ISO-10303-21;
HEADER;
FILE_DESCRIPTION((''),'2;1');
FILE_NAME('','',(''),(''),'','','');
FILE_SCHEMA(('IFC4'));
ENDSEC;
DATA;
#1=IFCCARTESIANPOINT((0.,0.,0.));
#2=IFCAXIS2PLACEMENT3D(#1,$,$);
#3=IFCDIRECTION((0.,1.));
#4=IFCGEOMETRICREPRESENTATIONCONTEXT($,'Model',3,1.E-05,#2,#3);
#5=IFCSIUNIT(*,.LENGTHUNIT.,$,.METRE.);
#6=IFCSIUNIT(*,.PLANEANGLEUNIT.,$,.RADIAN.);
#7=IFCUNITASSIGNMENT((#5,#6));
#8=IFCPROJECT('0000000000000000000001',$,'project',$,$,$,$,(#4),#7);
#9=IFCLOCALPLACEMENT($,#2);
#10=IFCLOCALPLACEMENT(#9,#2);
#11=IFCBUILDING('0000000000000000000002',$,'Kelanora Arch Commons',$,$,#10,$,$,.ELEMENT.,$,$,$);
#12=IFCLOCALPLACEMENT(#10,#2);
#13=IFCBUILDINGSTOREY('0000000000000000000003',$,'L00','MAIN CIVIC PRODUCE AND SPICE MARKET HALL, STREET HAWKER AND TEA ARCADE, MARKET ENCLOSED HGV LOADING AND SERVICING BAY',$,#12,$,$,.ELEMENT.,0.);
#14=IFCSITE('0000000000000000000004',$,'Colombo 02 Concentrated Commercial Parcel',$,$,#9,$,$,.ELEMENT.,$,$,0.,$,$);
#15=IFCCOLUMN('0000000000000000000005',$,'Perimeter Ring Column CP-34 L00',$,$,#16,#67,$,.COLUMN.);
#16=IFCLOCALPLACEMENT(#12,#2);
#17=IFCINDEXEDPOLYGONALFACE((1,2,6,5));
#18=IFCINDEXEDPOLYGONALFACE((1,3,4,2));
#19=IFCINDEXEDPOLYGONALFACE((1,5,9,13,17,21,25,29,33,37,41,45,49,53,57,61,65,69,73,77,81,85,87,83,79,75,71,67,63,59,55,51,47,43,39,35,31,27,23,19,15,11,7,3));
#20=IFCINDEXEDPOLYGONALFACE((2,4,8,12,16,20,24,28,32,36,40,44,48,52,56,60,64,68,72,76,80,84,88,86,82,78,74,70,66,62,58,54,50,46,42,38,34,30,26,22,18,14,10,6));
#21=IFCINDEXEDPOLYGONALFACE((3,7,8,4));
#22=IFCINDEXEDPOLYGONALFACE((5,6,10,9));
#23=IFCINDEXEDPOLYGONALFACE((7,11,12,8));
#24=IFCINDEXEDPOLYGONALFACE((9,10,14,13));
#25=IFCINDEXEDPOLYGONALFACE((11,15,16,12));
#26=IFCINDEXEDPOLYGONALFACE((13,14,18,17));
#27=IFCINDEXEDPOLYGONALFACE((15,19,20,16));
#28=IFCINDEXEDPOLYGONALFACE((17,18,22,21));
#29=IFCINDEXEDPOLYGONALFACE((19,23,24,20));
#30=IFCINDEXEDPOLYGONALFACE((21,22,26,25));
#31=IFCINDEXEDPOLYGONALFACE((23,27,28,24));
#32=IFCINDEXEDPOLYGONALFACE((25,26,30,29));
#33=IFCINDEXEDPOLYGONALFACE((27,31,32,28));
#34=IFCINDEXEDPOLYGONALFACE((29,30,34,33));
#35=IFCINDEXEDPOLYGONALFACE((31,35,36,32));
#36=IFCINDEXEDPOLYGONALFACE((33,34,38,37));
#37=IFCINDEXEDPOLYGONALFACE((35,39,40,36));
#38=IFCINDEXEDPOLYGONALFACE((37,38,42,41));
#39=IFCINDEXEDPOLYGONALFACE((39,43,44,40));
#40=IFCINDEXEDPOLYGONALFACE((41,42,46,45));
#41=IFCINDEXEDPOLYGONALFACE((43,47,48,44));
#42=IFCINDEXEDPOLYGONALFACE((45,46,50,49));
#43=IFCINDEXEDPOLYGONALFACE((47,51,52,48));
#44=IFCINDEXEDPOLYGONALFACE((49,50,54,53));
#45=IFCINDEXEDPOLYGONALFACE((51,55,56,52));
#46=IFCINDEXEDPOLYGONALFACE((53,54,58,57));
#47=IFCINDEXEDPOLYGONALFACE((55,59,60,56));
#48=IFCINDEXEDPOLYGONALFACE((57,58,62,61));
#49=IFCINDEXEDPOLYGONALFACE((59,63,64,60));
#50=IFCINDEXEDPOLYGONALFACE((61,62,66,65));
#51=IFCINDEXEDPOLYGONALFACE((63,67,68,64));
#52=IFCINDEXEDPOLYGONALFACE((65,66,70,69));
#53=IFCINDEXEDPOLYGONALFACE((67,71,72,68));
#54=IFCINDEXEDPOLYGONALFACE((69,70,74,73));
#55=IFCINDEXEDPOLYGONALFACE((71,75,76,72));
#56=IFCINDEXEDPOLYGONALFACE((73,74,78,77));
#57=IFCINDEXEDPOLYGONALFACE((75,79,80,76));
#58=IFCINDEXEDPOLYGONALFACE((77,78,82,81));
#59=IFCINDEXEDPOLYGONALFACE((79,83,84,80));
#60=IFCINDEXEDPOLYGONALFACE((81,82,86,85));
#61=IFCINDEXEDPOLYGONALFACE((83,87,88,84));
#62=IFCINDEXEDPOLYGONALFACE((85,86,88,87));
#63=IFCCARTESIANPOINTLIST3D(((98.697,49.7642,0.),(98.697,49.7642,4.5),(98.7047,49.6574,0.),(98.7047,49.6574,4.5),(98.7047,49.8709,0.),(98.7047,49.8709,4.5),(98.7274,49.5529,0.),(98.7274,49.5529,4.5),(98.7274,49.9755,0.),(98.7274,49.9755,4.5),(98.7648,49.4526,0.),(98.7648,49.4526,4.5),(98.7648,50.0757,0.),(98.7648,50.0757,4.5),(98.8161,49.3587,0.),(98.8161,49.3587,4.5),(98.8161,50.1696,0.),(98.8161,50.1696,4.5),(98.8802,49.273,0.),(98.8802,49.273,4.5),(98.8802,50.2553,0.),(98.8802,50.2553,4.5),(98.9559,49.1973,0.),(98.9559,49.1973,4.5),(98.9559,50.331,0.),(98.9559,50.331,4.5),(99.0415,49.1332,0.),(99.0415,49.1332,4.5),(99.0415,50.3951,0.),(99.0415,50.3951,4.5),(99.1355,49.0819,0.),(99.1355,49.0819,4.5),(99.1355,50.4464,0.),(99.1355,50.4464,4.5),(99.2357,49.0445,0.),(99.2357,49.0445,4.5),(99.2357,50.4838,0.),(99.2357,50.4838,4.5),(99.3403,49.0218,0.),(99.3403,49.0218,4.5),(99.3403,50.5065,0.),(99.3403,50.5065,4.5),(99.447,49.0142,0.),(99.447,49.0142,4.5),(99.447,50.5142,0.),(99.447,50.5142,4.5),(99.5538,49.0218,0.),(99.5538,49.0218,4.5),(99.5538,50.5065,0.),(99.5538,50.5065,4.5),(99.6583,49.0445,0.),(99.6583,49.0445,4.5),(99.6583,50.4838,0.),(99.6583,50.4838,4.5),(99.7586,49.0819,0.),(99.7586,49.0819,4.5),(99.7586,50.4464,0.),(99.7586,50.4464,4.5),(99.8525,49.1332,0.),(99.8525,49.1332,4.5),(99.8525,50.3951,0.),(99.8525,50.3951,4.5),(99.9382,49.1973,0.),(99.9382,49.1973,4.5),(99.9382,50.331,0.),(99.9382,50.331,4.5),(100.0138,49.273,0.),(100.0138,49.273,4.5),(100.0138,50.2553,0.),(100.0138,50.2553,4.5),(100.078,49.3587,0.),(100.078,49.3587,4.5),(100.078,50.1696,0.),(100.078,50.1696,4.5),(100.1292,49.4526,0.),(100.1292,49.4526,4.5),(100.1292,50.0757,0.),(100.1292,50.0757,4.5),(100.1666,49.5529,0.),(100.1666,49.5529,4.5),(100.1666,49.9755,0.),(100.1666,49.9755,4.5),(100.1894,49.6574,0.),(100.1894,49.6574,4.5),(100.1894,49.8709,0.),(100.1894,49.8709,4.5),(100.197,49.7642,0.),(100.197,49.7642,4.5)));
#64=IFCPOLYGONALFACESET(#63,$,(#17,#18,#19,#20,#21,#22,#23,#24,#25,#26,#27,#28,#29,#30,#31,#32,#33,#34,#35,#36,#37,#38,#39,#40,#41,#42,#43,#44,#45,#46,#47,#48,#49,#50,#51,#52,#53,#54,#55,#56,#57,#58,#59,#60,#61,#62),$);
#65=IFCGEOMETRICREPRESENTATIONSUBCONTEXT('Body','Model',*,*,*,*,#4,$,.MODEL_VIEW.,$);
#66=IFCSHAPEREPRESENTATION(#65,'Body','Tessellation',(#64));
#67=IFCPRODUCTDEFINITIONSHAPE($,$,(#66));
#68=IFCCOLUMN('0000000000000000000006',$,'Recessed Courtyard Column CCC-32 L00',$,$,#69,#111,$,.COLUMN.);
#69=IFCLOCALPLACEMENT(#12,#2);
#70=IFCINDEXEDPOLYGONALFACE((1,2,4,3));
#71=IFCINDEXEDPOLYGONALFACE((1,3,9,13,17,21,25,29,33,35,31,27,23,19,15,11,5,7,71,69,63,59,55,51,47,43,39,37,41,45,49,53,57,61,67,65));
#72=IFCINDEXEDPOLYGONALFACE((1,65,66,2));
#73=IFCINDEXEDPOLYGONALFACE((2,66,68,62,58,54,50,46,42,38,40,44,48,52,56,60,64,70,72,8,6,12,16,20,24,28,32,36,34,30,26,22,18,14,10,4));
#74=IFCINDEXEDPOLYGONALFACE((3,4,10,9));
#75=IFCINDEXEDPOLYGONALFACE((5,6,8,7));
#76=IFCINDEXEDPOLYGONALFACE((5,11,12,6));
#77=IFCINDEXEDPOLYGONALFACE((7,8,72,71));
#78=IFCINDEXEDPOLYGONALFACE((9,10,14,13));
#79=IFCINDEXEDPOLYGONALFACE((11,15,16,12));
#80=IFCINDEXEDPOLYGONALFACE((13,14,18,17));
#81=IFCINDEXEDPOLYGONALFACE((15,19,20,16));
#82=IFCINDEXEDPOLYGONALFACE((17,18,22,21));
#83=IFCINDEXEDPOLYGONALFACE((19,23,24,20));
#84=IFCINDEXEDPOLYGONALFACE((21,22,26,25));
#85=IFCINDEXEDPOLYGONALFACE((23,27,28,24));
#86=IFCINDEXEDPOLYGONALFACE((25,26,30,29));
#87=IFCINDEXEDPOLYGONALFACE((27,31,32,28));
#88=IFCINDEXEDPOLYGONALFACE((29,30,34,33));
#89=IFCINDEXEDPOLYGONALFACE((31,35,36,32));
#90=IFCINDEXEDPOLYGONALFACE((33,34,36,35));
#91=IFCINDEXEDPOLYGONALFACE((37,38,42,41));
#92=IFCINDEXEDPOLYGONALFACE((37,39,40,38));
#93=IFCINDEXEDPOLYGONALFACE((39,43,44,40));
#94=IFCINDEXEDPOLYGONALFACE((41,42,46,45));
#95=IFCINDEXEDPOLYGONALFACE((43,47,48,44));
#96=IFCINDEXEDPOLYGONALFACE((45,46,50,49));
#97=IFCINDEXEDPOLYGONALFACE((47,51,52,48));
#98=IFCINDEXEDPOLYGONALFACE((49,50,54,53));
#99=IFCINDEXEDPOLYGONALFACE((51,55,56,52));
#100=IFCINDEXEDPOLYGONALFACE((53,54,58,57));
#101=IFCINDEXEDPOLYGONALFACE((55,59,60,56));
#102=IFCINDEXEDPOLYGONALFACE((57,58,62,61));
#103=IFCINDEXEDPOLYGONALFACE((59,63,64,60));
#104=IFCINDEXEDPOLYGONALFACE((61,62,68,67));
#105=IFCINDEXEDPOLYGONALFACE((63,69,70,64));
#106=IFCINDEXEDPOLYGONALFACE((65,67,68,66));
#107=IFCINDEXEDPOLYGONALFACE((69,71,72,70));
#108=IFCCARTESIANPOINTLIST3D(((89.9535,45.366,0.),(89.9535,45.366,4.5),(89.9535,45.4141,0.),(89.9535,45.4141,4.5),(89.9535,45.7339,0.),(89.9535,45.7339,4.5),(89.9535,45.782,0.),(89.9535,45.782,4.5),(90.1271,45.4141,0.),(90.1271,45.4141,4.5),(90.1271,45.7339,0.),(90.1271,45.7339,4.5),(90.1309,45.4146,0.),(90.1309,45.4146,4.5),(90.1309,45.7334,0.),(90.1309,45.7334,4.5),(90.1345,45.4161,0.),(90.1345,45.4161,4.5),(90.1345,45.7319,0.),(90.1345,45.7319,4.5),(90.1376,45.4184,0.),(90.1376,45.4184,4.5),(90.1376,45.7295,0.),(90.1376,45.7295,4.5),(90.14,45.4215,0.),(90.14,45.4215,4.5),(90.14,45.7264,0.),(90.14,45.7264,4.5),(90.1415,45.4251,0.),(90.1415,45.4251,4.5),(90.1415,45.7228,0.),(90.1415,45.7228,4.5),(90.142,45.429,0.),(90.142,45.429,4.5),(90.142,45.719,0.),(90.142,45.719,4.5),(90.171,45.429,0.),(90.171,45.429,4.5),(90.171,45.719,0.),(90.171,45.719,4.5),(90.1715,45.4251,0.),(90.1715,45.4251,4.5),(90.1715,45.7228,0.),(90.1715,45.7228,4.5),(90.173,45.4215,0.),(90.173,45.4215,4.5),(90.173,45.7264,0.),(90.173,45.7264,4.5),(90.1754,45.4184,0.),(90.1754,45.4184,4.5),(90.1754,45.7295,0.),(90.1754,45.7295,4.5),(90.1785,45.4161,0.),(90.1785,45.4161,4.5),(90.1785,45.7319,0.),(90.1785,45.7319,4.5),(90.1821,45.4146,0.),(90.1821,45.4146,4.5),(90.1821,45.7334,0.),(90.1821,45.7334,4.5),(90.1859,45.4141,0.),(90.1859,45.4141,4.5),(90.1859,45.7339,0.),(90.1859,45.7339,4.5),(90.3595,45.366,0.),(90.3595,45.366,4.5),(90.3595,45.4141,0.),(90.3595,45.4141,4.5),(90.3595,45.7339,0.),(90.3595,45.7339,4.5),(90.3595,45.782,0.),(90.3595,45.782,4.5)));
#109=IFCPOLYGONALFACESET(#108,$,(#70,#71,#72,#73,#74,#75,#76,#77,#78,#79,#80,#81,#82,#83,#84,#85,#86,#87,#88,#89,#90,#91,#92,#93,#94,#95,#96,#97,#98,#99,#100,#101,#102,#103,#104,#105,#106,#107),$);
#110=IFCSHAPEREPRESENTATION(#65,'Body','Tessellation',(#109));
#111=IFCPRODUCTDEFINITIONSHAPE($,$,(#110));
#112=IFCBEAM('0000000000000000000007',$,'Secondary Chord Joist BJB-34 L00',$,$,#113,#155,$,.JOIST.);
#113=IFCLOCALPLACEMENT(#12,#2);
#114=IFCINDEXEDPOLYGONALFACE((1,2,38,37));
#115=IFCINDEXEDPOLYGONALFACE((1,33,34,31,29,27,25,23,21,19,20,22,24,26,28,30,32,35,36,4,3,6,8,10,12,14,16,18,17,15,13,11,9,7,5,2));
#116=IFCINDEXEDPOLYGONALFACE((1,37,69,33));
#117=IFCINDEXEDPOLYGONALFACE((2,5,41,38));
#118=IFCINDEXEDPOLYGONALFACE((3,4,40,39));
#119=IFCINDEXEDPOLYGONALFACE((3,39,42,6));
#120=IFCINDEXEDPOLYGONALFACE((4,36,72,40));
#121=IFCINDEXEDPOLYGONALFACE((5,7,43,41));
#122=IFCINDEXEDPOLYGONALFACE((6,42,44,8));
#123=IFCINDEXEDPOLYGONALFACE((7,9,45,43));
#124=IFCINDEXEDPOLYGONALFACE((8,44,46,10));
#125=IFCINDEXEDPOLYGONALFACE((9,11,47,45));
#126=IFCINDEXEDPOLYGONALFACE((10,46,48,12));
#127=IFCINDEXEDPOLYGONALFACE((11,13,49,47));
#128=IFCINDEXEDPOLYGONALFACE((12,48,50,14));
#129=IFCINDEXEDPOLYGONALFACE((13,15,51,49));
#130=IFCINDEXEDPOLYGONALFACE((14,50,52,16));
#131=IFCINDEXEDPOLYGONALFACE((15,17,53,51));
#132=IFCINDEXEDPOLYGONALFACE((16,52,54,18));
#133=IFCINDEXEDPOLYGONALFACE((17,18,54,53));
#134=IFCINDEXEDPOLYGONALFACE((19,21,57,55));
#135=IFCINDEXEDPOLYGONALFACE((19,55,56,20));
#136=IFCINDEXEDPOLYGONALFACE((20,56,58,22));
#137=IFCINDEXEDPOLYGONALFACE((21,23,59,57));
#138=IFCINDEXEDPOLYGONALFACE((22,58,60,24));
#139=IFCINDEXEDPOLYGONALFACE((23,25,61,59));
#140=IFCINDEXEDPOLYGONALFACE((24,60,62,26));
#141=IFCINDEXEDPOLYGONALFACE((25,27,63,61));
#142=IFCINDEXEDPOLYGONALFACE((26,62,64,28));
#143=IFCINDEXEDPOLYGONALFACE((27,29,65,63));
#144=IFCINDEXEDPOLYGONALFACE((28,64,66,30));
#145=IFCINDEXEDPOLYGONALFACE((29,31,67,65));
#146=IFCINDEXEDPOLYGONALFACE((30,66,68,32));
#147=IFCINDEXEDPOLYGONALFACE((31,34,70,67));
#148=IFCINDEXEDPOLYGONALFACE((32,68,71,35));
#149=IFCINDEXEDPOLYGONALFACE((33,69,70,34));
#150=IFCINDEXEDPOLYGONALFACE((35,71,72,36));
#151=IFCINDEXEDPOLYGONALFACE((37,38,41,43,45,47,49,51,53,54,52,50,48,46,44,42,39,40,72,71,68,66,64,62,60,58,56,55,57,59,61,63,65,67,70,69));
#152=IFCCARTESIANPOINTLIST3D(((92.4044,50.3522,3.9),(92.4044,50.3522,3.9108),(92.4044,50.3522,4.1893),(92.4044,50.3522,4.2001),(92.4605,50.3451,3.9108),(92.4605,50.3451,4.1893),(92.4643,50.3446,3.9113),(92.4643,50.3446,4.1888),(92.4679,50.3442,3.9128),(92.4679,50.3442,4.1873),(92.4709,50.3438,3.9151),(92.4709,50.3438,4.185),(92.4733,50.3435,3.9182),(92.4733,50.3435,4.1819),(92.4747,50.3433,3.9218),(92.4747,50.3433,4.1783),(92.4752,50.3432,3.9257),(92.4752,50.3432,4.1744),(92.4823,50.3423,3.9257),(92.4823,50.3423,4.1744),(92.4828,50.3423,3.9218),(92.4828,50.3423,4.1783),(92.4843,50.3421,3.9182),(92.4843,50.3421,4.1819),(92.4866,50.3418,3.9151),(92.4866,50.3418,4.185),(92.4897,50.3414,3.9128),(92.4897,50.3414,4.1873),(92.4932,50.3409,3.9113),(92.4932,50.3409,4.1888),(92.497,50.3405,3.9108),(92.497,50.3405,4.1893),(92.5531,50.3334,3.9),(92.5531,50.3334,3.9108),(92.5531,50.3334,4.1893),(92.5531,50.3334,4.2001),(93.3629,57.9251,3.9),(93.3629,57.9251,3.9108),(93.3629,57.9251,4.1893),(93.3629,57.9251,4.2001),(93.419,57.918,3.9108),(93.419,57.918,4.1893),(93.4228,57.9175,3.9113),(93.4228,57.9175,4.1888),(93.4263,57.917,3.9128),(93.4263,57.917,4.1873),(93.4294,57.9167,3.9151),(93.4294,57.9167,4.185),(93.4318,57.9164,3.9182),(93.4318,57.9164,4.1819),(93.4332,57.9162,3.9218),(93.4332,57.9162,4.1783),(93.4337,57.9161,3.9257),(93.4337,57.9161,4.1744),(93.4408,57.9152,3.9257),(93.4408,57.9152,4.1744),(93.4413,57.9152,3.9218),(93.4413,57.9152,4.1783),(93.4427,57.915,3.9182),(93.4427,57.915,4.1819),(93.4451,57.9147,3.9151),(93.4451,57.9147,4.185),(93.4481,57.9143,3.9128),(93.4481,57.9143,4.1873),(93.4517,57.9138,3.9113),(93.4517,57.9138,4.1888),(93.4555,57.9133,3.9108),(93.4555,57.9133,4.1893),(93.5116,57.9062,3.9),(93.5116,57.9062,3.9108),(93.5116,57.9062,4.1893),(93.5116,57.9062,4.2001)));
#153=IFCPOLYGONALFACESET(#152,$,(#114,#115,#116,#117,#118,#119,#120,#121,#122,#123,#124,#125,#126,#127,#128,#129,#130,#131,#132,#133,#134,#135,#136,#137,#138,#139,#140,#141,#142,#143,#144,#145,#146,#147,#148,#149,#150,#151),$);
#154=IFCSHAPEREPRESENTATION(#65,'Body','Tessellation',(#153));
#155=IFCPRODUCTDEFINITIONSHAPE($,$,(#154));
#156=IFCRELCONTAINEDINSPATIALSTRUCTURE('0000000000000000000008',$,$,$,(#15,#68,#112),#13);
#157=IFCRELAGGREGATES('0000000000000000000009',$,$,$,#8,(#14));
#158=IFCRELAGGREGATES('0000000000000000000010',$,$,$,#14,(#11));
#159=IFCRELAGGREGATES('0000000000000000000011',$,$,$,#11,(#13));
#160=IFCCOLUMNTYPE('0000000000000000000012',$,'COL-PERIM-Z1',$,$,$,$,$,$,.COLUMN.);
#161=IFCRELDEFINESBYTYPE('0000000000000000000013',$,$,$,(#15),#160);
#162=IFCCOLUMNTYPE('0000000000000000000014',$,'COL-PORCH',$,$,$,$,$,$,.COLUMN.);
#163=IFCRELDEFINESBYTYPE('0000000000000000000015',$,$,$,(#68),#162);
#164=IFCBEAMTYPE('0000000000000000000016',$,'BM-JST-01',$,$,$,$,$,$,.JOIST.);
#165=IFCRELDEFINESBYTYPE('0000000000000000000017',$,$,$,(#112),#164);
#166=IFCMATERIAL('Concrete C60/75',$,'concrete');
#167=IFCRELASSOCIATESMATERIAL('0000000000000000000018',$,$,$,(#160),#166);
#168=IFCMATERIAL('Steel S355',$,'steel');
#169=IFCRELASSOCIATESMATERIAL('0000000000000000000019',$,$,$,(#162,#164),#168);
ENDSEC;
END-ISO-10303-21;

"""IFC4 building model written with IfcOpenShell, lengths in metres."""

from ifc_helpers import new_model, si_unit, direction, frame, origin, origin_2d, place, context, subcontext, project, spatial, circle, i_section, extrude, material, material_profile, profile_set, type_object, element, save


model = new_model("IFC4")

# Units and contexts
model_context = context("Model", 3, precision=1e-05, world=origin(), true_north=direction((0.0, 1.0)))
body_context = subcontext(model_context, "Body", "Model", "MODEL_VIEW")
ifc_project = project(units=[si_unit("LENGTHUNIT", "METRE"), si_unit("PLANEANGLEUNIT", "RADIAN")], contexts=[model_context])

# Site, building, storey
site_placement = place(None, origin())
site = spatial("IfcSite", under=ifc_project, at=site_placement, Name="Colombo 02 Concentrated Commercial Parcel", CompositionType="ELEMENT", RefElevation=0.0)
building_placement = place(site_placement, origin())
building = spatial("IfcBuilding", under=site, at=building_placement, Name="Kelanora Arch Commons", CompositionType="ELEMENT")
storey_placement = place(building_placement, origin())
storey = spatial("IfcBuildingStorey", under=building, at=storey_placement, Name="L00", Description="MAIN CIVIC PRODUCE AND SPICE MARKET HALL, STREET HAWKER AND TEA ARCADE, MARKET ENCLOSED HGV LOADING AND SERVICING BAY", CompositionType="ELEMENT", Elevation=0.0)

# Columns
ifc_material_1 = material(Name="Concrete C60/75", Category="concrete")
ifc_material_profile_1 = material_profile(ifc_material_1, circle(Radius=0.75, at=origin_2d()), Name="RCC1500")
ifc_profile_set_1 = profile_set([ifc_material_profile_1], Name="Concrete C60/75")
column_type_1 = type_object("IfcColumnType", Name="COL-PERIM-Z1", PredefinedType="COLUMN", material=ifc_profile_set_1)
column_1_placement = place(storey_placement, frame((99.447, 49.7642, 0.0), z_axis=(0.0, 0.0, 1.0), x_axis=(1.0, 0.0, 0.0)))
element("IfcColumn", 1, at=column_1_placement, inside=storey, type_object=column_type_1, Name="Perimeter Ring Column CP-34 L00", PredefinedType="COLUMN", context=body_context, shape_type="SweptSolid", body=[
    extrude(circle(Radius=0.75, at=origin_2d()), origin(), (0.0, 0.0, 1.0), 4.5),
])
ifc_material_2 = material(Name="Steel S355", Category="steel")
ifc_material_profile_2 = material_profile(ifc_material_2, i_section(OverallWidth=0.406, OverallDepth=0.416, WebThickness=0.0291, FlangeThickness=0.0481, FilletRadius=0.0149, at=origin_2d()), Name="HD400x382")
ifc_profile_set_2 = profile_set([ifc_material_profile_2], Name="Steel S355")
column_type_2 = type_object("IfcColumnType", Name="COL-PORCH", PredefinedType="COLUMN", material=ifc_profile_set_2)
column_2_placement = place(storey_placement, frame((90.1565, 45.574, 0.0), z_axis=(0.0, 0.0, 1.0), x_axis=(1.0, 0.0, 0.0)))
element("IfcColumn", 2, at=column_2_placement, inside=storey, type_object=column_type_2, Name="Recessed Courtyard Column CCC-32 L00", PredefinedType="COLUMN", context=body_context, shape_type="SweptSolid", body=[
    extrude(i_section(OverallWidth=0.406, OverallDepth=0.416, WebThickness=0.0291, FlangeThickness=0.0481, FilletRadius=0.0149, at=origin_2d()), origin(), (0.0, 0.0, 1.0), 4.5),
])

# Beam
ifc_material_profile_3 = material_profile(ifc_material_2, i_section(OverallWidth=0.1499, OverallDepth=0.3, WebThickness=0.0071, FlangeThickness=0.0107, FilletRadius=0.0149, at=origin_2d()), Name="IPE300")
ifc_profile_set_3 = profile_set([ifc_material_profile_3], Name="Steel S355")
beam_type_1 = type_object("IfcBeamType", Name="BM-JST-01", PredefinedType="JOIST", material=ifc_profile_set_3)
beam_1_placement = place(storey_placement, frame((92.4788, 50.3428, 4.05), z_axis=(0.125566, 0.992085, 0.0), x_axis=(-0.992085, 0.125566, 0.0)))
element("IfcBeam", 3, at=beam_1_placement, inside=storey, type_object=beam_type_1, Name="Secondary Chord Joist BJB-34 L00", PredefinedType="JOIST", context=body_context, shape_type="SweptSolid", body=[
    extrude(i_section(OverallWidth=0.1499, OverallDepth=0.3, WebThickness=0.0071, FlangeThickness=0.0107, FilletRadius=0.0149, at=origin_2d()), origin(), (0.0, 0.0, 1.0), 7.6333),
])

save(model, "model.ifc")
